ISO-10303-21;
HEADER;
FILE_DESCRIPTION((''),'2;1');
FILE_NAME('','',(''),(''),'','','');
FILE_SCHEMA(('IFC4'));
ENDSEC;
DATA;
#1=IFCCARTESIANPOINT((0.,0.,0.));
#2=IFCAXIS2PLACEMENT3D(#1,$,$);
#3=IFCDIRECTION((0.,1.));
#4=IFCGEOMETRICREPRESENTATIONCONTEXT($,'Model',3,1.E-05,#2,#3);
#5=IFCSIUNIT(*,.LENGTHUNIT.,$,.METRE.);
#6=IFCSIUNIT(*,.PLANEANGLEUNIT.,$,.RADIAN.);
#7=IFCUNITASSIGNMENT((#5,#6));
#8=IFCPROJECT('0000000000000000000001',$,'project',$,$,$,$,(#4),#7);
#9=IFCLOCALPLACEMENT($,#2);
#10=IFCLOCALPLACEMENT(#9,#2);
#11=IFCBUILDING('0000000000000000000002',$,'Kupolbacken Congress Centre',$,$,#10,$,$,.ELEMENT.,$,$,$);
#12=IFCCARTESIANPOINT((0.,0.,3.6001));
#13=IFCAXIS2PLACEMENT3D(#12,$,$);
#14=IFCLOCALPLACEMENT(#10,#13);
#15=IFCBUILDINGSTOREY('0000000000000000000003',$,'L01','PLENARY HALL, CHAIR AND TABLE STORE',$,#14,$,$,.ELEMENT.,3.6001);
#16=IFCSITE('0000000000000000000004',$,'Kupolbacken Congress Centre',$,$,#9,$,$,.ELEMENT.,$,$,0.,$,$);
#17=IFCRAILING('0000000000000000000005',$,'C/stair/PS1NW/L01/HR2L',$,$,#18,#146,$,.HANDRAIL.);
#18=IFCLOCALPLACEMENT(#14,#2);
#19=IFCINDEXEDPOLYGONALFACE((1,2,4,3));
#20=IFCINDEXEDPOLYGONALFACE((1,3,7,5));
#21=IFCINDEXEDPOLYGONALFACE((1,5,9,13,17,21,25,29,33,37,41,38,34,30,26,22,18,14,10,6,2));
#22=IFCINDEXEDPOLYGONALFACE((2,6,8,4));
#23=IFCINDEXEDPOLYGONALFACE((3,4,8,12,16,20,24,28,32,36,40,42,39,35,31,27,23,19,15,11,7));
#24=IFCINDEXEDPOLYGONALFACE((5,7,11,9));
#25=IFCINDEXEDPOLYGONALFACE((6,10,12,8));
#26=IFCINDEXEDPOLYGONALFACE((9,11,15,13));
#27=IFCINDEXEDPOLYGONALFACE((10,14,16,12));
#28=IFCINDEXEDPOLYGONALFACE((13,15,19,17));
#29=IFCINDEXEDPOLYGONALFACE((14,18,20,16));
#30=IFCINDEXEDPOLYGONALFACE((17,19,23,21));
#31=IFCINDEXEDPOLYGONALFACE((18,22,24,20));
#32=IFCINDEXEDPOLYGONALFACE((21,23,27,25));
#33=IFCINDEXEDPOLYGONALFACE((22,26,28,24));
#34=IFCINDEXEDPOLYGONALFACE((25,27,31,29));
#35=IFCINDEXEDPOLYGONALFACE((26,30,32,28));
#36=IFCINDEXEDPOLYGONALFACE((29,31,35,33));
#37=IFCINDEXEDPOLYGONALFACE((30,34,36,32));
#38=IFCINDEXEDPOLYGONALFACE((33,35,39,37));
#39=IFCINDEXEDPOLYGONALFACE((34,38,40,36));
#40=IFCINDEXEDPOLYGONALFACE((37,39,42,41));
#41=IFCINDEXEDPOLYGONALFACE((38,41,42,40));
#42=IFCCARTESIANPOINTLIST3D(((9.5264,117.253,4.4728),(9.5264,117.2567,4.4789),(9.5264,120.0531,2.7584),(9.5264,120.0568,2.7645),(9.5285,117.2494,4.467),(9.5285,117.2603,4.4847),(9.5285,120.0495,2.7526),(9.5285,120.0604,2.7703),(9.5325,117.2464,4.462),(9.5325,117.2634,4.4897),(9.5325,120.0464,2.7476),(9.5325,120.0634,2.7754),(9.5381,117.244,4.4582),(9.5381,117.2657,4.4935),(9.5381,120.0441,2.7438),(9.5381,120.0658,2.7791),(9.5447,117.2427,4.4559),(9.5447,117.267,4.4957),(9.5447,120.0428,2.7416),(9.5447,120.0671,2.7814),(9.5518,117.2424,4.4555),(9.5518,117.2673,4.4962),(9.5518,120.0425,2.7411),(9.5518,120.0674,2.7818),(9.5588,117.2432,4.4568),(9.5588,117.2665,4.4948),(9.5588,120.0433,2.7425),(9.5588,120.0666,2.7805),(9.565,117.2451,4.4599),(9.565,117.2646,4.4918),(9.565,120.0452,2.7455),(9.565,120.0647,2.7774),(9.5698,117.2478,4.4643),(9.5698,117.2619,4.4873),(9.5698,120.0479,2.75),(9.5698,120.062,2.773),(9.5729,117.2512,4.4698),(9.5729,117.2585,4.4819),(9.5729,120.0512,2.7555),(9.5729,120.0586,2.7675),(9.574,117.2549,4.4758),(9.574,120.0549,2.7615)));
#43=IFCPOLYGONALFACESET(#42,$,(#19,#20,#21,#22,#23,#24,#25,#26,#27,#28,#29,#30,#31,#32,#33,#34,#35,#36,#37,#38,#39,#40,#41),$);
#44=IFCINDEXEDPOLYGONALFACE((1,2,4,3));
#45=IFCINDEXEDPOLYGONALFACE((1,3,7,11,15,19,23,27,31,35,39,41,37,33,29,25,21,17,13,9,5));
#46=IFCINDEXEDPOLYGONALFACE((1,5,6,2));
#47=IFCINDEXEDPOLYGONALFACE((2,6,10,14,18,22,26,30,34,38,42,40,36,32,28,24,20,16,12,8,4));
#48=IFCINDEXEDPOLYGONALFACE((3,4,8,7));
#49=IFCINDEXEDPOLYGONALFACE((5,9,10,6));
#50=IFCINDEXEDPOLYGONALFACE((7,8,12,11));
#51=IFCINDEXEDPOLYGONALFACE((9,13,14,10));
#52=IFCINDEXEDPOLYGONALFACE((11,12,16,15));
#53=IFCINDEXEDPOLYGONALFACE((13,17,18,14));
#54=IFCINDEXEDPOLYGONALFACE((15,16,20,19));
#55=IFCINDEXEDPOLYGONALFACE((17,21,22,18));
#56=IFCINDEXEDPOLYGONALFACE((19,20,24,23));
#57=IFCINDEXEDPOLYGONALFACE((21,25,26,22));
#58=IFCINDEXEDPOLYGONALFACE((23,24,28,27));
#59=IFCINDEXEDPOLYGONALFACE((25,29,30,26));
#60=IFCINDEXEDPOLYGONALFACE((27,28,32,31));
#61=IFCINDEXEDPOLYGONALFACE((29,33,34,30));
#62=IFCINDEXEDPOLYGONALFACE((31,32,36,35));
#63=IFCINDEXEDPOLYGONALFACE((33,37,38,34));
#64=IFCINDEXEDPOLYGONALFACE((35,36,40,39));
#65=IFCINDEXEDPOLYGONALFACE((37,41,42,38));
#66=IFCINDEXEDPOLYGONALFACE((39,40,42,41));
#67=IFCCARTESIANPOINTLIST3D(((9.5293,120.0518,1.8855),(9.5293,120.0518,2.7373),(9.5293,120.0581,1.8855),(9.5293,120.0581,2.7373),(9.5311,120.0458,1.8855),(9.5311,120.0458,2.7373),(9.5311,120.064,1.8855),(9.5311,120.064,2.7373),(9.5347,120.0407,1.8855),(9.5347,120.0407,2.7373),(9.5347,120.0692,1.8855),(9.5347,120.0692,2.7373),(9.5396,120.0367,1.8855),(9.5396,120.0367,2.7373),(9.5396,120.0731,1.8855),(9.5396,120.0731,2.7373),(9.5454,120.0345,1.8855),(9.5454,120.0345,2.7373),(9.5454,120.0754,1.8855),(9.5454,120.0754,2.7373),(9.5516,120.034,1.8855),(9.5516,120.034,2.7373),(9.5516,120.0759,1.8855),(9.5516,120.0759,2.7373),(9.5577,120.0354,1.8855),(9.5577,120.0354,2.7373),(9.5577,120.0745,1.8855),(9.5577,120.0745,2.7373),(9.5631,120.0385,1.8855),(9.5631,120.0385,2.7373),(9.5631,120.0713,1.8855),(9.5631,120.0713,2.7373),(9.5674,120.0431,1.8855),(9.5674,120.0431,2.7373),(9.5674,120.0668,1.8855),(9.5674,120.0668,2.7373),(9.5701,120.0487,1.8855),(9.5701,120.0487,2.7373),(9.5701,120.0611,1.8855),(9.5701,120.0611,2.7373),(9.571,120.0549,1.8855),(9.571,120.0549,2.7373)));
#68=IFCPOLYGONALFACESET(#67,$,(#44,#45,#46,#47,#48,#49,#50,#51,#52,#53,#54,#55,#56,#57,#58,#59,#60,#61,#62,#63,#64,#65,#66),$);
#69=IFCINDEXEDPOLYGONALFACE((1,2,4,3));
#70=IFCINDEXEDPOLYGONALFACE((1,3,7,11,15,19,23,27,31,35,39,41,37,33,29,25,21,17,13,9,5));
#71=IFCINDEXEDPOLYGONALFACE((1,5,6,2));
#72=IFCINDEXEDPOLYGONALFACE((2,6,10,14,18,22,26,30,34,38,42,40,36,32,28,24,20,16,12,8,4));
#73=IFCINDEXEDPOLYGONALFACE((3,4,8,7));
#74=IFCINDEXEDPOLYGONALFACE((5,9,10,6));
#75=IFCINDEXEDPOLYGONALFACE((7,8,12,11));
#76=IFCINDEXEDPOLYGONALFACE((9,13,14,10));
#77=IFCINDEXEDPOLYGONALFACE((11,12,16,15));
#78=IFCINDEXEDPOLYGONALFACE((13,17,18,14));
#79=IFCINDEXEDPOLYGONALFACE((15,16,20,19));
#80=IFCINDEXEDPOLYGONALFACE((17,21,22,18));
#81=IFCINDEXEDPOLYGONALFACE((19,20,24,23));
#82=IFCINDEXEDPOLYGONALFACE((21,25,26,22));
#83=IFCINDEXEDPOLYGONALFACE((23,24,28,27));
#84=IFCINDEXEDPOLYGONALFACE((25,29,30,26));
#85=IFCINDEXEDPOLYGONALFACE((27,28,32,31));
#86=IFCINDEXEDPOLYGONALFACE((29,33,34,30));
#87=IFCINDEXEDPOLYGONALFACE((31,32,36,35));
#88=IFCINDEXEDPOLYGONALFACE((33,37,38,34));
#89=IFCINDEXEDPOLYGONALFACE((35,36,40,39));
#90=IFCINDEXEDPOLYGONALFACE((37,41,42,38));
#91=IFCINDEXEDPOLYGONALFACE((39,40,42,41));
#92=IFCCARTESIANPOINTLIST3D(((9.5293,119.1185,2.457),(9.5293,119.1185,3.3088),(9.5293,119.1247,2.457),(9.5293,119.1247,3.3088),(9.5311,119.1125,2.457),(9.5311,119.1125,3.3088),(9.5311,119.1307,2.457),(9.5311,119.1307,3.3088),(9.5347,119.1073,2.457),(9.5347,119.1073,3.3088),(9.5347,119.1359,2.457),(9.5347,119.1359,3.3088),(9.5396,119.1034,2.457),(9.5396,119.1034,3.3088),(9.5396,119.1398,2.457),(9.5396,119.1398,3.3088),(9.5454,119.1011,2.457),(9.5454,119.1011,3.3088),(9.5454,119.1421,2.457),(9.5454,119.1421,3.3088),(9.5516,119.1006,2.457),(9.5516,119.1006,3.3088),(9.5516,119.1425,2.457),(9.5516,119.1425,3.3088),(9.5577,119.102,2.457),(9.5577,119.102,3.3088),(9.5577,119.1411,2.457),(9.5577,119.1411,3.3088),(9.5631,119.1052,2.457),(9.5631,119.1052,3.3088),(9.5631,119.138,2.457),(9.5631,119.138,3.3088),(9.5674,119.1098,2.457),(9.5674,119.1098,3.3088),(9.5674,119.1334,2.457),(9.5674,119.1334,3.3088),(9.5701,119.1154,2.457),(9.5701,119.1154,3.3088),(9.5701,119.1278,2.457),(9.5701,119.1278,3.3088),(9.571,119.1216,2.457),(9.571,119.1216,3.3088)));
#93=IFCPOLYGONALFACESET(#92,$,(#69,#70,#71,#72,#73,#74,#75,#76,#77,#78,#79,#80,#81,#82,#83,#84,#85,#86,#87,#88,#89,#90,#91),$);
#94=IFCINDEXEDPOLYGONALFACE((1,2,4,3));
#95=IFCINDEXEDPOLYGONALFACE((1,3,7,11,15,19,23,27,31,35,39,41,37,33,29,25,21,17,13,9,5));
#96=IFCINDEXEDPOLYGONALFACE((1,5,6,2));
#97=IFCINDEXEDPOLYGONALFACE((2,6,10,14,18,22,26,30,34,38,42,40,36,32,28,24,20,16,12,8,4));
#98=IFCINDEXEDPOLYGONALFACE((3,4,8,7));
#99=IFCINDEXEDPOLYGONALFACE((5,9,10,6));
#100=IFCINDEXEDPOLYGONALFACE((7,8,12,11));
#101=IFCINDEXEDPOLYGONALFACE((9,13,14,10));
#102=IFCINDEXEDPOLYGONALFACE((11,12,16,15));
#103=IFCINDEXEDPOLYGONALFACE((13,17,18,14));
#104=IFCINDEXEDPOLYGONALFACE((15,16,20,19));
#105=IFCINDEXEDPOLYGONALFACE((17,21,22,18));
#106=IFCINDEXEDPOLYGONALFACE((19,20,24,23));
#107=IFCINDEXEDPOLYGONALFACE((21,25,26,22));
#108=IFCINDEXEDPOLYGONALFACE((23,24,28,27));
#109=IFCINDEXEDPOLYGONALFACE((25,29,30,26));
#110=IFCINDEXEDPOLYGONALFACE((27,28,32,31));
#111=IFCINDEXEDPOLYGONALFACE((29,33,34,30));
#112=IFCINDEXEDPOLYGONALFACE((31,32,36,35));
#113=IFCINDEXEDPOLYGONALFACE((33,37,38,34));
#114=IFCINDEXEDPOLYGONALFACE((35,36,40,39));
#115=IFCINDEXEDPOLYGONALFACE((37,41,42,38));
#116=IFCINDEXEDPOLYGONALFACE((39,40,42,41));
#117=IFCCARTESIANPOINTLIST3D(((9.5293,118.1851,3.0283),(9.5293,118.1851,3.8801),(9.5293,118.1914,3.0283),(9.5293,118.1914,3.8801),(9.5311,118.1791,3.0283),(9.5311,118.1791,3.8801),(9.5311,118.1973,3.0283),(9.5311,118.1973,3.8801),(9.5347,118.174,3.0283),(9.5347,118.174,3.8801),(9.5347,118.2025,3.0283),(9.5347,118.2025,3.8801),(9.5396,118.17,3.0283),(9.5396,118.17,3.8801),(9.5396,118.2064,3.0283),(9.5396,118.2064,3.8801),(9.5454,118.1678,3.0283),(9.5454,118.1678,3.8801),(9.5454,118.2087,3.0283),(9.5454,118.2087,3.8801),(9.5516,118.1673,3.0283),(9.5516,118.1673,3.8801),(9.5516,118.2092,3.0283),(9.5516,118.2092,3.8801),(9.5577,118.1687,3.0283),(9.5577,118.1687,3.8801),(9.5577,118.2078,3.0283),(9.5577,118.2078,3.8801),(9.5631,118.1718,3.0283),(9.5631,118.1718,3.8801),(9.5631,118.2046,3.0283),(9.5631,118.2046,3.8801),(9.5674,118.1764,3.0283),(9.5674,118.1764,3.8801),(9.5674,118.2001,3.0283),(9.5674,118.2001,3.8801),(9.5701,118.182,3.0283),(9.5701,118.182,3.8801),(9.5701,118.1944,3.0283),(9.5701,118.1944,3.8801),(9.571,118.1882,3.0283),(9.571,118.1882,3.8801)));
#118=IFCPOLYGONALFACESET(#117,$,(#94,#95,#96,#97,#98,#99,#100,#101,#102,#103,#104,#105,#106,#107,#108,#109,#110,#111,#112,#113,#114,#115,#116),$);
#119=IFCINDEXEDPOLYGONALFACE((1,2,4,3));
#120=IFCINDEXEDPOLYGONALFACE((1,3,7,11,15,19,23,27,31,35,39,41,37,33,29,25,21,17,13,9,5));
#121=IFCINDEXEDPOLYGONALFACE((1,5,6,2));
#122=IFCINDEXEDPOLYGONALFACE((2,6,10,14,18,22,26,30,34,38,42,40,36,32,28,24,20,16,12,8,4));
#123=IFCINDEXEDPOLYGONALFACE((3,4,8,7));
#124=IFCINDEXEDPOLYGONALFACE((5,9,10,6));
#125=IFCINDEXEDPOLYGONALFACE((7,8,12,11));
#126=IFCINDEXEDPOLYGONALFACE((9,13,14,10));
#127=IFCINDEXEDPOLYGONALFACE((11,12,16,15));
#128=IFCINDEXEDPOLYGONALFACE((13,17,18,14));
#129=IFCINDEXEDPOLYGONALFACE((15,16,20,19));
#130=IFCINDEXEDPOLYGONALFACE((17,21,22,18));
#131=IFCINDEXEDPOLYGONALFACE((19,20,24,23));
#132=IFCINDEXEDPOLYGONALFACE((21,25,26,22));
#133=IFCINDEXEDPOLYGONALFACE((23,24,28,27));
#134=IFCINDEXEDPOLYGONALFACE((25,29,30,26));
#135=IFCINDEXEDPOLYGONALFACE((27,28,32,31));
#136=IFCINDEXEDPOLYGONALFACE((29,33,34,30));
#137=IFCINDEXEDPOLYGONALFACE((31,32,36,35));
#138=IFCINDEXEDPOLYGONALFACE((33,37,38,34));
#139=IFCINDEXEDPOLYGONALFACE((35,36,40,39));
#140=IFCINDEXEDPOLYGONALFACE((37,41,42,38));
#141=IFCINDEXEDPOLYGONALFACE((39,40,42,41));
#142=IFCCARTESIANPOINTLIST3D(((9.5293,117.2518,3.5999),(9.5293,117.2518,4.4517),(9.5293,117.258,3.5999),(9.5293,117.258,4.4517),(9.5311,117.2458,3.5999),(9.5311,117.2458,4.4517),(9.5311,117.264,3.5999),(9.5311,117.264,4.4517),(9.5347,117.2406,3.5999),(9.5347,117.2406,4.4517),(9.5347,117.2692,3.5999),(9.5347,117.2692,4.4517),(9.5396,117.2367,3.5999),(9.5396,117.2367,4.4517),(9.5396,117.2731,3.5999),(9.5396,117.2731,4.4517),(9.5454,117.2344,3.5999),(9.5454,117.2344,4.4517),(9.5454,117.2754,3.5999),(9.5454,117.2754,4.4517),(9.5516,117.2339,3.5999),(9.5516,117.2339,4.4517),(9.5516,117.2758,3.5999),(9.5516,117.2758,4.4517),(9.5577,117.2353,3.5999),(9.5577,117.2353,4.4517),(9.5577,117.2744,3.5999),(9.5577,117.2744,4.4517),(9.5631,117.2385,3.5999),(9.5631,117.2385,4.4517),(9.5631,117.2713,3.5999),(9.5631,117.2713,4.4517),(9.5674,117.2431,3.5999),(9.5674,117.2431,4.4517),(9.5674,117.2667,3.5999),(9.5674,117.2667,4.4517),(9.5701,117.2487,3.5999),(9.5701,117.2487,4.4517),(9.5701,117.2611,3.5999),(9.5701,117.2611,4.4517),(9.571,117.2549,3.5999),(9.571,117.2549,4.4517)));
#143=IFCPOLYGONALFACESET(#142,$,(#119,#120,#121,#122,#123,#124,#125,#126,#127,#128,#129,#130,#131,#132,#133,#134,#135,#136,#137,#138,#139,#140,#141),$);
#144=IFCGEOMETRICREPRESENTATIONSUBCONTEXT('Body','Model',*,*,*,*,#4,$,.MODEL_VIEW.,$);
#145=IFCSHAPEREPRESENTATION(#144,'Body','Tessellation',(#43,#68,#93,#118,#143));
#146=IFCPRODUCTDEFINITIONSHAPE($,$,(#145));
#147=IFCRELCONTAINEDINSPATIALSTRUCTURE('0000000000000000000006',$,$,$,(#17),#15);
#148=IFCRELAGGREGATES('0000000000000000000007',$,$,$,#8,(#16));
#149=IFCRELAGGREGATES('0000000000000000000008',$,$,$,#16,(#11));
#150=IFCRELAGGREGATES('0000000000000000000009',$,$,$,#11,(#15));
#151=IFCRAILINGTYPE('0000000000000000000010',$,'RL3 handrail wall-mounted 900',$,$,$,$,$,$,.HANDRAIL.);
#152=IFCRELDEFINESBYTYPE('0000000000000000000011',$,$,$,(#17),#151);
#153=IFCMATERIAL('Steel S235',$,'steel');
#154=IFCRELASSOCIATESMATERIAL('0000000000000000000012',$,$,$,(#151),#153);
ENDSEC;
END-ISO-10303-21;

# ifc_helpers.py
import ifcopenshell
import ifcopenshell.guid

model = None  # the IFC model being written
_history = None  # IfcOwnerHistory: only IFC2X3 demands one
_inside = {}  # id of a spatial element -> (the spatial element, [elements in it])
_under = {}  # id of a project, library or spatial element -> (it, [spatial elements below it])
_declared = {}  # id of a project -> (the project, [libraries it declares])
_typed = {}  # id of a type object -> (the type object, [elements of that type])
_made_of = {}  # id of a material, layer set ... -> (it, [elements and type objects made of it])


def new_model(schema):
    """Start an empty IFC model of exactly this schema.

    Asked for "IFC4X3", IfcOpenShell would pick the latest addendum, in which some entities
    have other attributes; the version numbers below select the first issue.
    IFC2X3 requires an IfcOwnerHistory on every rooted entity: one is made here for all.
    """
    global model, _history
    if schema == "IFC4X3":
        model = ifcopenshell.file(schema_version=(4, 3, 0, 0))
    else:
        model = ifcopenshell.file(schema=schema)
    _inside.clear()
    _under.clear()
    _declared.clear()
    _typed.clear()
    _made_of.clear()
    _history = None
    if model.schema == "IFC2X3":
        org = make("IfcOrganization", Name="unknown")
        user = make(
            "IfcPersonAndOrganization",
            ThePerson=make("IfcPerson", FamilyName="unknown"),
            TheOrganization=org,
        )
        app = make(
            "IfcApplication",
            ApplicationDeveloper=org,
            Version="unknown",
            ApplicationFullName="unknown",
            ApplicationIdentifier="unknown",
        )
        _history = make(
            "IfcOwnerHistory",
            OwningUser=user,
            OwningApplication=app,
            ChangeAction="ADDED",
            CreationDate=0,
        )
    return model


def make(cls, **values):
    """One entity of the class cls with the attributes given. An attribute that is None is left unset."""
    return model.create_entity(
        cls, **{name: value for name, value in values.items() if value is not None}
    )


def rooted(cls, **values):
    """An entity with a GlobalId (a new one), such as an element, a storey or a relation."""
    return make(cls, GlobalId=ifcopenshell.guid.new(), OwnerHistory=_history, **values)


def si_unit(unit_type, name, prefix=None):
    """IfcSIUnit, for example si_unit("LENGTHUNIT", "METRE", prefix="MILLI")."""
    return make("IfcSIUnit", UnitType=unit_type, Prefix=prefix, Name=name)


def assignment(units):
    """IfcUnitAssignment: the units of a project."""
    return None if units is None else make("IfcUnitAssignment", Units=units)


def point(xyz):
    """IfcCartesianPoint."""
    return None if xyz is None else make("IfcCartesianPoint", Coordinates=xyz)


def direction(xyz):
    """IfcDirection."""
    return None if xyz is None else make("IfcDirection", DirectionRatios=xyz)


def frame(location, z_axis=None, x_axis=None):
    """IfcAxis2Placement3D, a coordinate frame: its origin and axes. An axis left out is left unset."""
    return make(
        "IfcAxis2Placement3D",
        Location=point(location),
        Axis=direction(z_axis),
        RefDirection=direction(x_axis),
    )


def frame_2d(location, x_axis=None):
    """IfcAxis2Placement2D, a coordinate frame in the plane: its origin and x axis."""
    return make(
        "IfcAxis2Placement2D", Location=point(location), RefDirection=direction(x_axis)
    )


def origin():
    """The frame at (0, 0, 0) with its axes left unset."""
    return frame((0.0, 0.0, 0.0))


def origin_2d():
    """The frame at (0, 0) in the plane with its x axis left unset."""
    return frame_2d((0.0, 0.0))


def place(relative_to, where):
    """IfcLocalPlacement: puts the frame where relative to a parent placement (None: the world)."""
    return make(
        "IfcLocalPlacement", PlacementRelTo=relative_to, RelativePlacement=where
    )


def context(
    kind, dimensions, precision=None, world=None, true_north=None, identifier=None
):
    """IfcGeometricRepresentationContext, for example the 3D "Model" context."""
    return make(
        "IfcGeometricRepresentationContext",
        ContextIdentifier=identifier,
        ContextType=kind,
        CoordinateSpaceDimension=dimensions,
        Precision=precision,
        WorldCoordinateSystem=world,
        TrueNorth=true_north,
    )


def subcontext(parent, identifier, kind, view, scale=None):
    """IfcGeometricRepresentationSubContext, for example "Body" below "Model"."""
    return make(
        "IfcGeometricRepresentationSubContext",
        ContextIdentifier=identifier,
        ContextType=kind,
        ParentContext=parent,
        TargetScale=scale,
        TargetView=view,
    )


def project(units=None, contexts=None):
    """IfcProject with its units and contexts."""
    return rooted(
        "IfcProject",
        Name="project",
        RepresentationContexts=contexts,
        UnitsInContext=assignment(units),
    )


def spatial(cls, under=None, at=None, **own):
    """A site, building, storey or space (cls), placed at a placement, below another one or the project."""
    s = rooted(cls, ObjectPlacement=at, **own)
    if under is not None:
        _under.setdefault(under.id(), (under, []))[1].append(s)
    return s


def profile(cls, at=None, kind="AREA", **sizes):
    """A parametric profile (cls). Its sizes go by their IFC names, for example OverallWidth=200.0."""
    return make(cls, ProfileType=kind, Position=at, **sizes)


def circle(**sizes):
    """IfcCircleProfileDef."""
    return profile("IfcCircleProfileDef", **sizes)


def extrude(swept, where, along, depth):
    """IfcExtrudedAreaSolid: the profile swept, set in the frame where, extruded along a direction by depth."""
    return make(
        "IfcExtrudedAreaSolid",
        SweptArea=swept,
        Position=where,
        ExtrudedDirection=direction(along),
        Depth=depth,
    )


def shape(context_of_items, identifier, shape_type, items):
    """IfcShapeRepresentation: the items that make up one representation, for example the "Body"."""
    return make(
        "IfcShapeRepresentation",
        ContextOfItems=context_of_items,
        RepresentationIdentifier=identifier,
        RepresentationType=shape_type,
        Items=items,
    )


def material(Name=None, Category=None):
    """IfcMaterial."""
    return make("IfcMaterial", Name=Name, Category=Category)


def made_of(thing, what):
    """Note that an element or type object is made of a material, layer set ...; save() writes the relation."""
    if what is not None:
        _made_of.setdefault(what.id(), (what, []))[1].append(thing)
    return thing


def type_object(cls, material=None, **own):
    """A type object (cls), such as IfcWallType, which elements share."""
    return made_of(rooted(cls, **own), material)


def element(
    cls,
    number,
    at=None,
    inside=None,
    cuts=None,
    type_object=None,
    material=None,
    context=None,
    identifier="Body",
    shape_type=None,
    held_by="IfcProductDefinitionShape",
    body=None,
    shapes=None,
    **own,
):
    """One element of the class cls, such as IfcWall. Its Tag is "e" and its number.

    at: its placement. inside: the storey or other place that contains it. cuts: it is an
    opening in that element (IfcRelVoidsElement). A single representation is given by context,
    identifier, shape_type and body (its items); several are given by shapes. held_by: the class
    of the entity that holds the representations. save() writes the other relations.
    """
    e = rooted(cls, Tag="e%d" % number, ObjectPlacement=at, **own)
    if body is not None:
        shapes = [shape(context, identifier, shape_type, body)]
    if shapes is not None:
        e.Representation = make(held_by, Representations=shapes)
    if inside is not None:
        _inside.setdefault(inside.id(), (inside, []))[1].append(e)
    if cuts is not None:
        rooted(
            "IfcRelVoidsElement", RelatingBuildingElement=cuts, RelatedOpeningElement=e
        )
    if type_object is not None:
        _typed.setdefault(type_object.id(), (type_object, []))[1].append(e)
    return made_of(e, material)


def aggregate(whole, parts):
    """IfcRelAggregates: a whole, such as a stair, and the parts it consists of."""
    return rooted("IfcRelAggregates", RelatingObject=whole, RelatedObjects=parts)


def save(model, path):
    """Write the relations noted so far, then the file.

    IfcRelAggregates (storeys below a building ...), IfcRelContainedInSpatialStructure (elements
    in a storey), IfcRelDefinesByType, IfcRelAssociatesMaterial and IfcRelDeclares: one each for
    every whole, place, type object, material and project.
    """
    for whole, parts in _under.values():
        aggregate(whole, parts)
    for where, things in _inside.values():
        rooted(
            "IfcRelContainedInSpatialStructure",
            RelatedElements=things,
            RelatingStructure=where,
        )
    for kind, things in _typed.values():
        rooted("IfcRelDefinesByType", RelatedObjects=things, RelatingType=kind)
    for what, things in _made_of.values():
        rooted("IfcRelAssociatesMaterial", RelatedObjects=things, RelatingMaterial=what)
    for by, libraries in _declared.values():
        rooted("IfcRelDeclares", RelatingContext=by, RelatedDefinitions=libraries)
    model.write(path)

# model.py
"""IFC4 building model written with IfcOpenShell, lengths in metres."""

from ifc_helpers import new_model, si_unit, direction, frame, origin, origin_2d, place, context, subcontext, project, spatial, circle, extrude, material, type_object, element, save


model = new_model("IFC4")

# Units and contexts
model_context = context("Model", 3, precision=1e-05, world=origin(), true_north=direction((0.0, 1.0)))
body_context = subcontext(model_context, "Body", "Model", "MODEL_VIEW")
ifc_project = project(units=[si_unit("LENGTHUNIT", "METRE"), si_unit("PLANEANGLEUNIT", "RADIAN")], contexts=[model_context])

# Site, building, storey
site_placement = place(None, origin())
site = spatial("IfcSite", under=ifc_project, at=site_placement, Name="Kupolbacken Congress Centre", CompositionType="ELEMENT", RefElevation=0.0)
building_placement = place(site_placement, origin())
building = spatial("IfcBuilding", under=site, at=building_placement, Name="Kupolbacken Congress Centre", CompositionType="ELEMENT")
storey_placement = place(building_placement, frame((0.0, 0.0, 3.6001)))
storey = spatial("IfcBuildingStorey", under=building, at=storey_placement, Name="L01", Description="PLENARY HALL, CHAIR AND TABLE STORE", CompositionType="ELEMENT", Elevation=3.6001)

# Railing
ifc_material_1 = material(Name="Steel S235", Category="steel")
railing_type = type_object("IfcRailingType", Name="RL3 handrail wall-mounted 900", PredefinedType="HANDRAIL", material=ifc_material_1)
for number, where, name in (
    (1, (9.55, 120.0549, 1.8855), "C/stair/PS1NW/L01/HR2L"),
):
    element("IfcRailing", number, at=place(storey_placement, frame(where)), inside=storey, type_object=railing_type, Name=name, PredefinedType="HANDRAIL", context=body_context, shape_type="SweptSolid", body=[
        extrude(circle(Radius=0.0239, at=origin_2d()), frame((0.0, 0.0, 0.876), z_axis=(0.0, -0.852846, 0.522163), x_axis=(1.0, 0.0, 0.0)), (0.0, 0.0, 1.0), 3.2832),
        extrude(circle(Radius=0.021, at=origin_2d()), origin(), (0.0, 0.0, 1.0), 0.8518),
        extrude(circle(Radius=0.021, at=origin_2d()), frame((0.0, -0.9333, 0.5715)), (0.0, 0.0, 1.0), 0.8518),
        extrude(circle(Radius=0.021, at=origin_2d()), frame((0.0, -1.8667, 1.1428)), (0.0, 0.0, 1.0), 0.8518),
        extrude(circle(Radius=0.021, at=origin_2d()), frame((0.0, -2.8, 1.7144)), (0.0, 0.0, 1.0), 0.8518),
    ])

save(model, "model.ifc")
